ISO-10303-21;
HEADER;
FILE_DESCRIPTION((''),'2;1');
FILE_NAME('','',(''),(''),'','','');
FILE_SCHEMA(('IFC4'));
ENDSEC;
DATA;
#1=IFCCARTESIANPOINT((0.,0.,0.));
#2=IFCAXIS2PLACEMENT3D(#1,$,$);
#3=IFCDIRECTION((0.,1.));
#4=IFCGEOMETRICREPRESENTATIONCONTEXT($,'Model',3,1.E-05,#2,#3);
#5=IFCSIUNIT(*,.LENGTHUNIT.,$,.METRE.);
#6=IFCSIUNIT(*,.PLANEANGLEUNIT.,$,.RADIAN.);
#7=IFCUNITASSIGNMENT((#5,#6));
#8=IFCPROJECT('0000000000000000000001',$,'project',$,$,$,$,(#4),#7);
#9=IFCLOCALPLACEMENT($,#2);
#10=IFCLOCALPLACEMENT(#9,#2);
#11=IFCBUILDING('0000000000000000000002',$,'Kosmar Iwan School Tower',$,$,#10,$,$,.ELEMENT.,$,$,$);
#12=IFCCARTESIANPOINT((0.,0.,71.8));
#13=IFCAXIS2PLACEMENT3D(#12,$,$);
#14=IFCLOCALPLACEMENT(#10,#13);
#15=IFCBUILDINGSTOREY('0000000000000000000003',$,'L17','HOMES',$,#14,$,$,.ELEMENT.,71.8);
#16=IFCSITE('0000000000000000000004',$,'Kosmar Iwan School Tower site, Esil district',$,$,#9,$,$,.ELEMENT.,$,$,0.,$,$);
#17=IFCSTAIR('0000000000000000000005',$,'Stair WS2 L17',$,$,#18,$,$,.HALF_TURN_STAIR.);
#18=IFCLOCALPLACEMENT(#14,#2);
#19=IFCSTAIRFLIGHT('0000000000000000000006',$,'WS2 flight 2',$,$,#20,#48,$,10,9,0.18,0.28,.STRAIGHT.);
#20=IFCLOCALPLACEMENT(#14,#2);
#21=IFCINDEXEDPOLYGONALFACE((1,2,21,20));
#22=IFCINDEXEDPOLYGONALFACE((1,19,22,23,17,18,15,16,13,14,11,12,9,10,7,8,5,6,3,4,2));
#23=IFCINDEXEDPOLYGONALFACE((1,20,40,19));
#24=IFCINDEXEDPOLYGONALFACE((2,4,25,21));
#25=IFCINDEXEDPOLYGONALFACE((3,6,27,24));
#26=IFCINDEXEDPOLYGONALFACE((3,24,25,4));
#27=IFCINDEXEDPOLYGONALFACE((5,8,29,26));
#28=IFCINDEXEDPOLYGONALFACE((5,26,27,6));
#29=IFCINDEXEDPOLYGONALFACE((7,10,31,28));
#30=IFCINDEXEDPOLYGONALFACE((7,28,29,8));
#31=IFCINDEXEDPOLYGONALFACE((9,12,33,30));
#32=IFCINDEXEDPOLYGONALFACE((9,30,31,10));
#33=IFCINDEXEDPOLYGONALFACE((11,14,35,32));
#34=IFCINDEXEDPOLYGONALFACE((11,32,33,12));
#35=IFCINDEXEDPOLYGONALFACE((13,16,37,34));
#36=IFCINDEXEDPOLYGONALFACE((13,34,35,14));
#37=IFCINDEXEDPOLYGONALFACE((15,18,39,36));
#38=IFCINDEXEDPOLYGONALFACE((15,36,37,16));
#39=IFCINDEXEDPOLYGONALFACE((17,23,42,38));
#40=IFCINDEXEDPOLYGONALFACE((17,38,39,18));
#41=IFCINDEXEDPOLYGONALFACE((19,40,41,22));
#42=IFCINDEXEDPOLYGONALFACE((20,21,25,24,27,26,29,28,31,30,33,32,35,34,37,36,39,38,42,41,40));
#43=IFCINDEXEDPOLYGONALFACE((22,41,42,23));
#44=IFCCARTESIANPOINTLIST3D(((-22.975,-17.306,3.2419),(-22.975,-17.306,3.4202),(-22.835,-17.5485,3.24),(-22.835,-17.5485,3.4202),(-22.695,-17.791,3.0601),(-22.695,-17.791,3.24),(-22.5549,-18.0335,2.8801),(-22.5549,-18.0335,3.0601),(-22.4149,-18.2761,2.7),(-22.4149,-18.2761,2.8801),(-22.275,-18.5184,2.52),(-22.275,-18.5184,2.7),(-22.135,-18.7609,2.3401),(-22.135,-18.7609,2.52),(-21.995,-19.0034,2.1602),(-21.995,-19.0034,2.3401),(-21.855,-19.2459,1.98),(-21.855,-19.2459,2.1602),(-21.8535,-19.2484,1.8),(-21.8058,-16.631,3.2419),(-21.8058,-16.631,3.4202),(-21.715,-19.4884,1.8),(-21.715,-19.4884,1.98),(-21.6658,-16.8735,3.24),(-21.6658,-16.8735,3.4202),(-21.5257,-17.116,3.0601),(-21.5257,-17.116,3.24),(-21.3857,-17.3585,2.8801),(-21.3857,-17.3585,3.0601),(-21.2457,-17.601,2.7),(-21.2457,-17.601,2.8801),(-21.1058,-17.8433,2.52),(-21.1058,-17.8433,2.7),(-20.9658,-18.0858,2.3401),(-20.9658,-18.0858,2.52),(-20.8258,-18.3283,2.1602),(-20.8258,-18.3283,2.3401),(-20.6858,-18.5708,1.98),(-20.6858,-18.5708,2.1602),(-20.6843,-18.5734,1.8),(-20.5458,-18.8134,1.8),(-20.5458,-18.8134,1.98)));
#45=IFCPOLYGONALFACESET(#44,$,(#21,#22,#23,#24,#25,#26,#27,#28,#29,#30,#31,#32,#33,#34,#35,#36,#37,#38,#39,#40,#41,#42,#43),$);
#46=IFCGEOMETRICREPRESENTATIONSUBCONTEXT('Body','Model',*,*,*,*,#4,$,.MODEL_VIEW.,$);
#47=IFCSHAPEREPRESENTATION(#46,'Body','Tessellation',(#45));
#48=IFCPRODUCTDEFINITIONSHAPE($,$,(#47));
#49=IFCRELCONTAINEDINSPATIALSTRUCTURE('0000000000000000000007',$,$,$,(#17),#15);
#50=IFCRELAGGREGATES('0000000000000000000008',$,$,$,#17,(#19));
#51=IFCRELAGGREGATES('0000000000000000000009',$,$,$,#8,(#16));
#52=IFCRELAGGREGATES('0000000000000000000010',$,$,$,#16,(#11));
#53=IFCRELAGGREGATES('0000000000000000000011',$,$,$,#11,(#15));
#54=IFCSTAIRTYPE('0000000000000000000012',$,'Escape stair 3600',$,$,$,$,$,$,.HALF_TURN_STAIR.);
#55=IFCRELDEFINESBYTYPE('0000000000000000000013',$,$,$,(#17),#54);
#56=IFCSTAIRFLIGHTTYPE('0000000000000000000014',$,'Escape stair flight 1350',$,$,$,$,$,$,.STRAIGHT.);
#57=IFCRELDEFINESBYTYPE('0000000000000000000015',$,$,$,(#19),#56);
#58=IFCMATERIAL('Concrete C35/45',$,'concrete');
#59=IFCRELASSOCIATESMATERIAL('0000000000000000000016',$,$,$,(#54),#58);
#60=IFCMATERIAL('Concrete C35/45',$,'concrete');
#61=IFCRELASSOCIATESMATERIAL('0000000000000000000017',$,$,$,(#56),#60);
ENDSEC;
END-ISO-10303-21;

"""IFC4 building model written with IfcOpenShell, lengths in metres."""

from ifc_helpers import new_model, si_unit, direction, frame, origin, place, context, subcontext, project, spatial, polyline, outline, extrude, material, type_object, element, aggregate, save


model = new_model("IFC4")

# Units and contexts
model_context = context("Model", 3, precision=1e-05, world=origin(), true_north=direction((0.0, 1.0)))
body_context = subcontext(model_context, "Body", "Model", "MODEL_VIEW")
ifc_project = project(units=[si_unit("LENGTHUNIT", "METRE"), si_unit("PLANEANGLEUNIT", "RADIAN")], contexts=[model_context])

# Site, building, storey
site_placement = place(None, origin())
site = spatial("IfcSite", under=ifc_project, at=site_placement, Name="Kosmar Iwan School Tower site, Esil district", CompositionType="ELEMENT", RefElevation=0.0)
building_placement = place(site_placement, origin())
building = spatial("IfcBuilding", under=site, at=building_placement, Name="Kosmar Iwan School Tower", CompositionType="ELEMENT")
storey_placement = place(building_placement, frame((0.0, 0.0, 71.8)))
storey = spatial("IfcBuildingStorey", under=building, at=storey_placement, Name="L17", Description="HOMES", CompositionType="ELEMENT", Elevation=71.8)

# Stair, stair flight
ifc_material_1 = material(Name="Concrete C35/45", Category="concrete")
stair_type = type_object("IfcStairType", Name="Escape stair 3600", PredefinedType="HALF_TURN_STAIR", material=ifc_material_1)
stair_placement = place(storey_placement, origin())
stair = element("IfcStair", 1, at=stair_placement, inside=storey, type_object=stair_type, Name="Stair WS2 L17", PredefinedType="HALF_TURN_STAIR")
ifc_material_2 = material(Name="Concrete C35/45", Category="concrete")
stair_flight_type = type_object("IfcStairFlightType", Name="Escape stair flight 1350", PredefinedType="STRAIGHT", material=ifc_material_2)
stair_flight_1_placement = place(storey_placement, frame((-21.1304, -19.1509, 1.8), z_axis=(0.0, 0.0, 1.0), x_axis=(-0.5, 0.866025, 0.0)))
stair_flight_1 = element("IfcStairFlight", 2, at=stair_flight_1_placement, type_object=stair_flight_type, Name="WS2 flight 2", NumberOfRisers=10, NumberOfTreads=9, PredefinedType="STRAIGHT", RiserHeight=0.18, TreadLength=0.28, context=body_context, shape_type="SweptSolid", body=[
    extrude(outline(polyline([(0.0, 0.0), (0.0, 0.1799), (0.28, 0.1799), (0.28, 0.3601), (0.5601, 0.3601), (0.5601, 0.54), (0.8401, 0.54), (0.8401, 0.72), (1.1201, 0.72), (1.1201, 0.8999), (1.3999, 0.8999), (1.3999, 1.0801), (1.6799, 1.0801), (1.6799, 1.26), (1.96, 1.26), (1.96, 1.4399), (2.24, 1.4399), (2.24, 1.6201), (2.52, 1.6201), (2.52, 1.8), (2.52, 1.4419), (0.2771, 0.0), (0.0, 0.0)])), frame((0.0, 0.675, 0.0), z_axis=(0.0, -1.0, 0.0), x_axis=(1.0, 0.0, 0.0)), (0.0, 0.0, 1.0), 1.3501),
])
aggregate(stair, [stair_flight_1])

save(model, "model.ifc")
